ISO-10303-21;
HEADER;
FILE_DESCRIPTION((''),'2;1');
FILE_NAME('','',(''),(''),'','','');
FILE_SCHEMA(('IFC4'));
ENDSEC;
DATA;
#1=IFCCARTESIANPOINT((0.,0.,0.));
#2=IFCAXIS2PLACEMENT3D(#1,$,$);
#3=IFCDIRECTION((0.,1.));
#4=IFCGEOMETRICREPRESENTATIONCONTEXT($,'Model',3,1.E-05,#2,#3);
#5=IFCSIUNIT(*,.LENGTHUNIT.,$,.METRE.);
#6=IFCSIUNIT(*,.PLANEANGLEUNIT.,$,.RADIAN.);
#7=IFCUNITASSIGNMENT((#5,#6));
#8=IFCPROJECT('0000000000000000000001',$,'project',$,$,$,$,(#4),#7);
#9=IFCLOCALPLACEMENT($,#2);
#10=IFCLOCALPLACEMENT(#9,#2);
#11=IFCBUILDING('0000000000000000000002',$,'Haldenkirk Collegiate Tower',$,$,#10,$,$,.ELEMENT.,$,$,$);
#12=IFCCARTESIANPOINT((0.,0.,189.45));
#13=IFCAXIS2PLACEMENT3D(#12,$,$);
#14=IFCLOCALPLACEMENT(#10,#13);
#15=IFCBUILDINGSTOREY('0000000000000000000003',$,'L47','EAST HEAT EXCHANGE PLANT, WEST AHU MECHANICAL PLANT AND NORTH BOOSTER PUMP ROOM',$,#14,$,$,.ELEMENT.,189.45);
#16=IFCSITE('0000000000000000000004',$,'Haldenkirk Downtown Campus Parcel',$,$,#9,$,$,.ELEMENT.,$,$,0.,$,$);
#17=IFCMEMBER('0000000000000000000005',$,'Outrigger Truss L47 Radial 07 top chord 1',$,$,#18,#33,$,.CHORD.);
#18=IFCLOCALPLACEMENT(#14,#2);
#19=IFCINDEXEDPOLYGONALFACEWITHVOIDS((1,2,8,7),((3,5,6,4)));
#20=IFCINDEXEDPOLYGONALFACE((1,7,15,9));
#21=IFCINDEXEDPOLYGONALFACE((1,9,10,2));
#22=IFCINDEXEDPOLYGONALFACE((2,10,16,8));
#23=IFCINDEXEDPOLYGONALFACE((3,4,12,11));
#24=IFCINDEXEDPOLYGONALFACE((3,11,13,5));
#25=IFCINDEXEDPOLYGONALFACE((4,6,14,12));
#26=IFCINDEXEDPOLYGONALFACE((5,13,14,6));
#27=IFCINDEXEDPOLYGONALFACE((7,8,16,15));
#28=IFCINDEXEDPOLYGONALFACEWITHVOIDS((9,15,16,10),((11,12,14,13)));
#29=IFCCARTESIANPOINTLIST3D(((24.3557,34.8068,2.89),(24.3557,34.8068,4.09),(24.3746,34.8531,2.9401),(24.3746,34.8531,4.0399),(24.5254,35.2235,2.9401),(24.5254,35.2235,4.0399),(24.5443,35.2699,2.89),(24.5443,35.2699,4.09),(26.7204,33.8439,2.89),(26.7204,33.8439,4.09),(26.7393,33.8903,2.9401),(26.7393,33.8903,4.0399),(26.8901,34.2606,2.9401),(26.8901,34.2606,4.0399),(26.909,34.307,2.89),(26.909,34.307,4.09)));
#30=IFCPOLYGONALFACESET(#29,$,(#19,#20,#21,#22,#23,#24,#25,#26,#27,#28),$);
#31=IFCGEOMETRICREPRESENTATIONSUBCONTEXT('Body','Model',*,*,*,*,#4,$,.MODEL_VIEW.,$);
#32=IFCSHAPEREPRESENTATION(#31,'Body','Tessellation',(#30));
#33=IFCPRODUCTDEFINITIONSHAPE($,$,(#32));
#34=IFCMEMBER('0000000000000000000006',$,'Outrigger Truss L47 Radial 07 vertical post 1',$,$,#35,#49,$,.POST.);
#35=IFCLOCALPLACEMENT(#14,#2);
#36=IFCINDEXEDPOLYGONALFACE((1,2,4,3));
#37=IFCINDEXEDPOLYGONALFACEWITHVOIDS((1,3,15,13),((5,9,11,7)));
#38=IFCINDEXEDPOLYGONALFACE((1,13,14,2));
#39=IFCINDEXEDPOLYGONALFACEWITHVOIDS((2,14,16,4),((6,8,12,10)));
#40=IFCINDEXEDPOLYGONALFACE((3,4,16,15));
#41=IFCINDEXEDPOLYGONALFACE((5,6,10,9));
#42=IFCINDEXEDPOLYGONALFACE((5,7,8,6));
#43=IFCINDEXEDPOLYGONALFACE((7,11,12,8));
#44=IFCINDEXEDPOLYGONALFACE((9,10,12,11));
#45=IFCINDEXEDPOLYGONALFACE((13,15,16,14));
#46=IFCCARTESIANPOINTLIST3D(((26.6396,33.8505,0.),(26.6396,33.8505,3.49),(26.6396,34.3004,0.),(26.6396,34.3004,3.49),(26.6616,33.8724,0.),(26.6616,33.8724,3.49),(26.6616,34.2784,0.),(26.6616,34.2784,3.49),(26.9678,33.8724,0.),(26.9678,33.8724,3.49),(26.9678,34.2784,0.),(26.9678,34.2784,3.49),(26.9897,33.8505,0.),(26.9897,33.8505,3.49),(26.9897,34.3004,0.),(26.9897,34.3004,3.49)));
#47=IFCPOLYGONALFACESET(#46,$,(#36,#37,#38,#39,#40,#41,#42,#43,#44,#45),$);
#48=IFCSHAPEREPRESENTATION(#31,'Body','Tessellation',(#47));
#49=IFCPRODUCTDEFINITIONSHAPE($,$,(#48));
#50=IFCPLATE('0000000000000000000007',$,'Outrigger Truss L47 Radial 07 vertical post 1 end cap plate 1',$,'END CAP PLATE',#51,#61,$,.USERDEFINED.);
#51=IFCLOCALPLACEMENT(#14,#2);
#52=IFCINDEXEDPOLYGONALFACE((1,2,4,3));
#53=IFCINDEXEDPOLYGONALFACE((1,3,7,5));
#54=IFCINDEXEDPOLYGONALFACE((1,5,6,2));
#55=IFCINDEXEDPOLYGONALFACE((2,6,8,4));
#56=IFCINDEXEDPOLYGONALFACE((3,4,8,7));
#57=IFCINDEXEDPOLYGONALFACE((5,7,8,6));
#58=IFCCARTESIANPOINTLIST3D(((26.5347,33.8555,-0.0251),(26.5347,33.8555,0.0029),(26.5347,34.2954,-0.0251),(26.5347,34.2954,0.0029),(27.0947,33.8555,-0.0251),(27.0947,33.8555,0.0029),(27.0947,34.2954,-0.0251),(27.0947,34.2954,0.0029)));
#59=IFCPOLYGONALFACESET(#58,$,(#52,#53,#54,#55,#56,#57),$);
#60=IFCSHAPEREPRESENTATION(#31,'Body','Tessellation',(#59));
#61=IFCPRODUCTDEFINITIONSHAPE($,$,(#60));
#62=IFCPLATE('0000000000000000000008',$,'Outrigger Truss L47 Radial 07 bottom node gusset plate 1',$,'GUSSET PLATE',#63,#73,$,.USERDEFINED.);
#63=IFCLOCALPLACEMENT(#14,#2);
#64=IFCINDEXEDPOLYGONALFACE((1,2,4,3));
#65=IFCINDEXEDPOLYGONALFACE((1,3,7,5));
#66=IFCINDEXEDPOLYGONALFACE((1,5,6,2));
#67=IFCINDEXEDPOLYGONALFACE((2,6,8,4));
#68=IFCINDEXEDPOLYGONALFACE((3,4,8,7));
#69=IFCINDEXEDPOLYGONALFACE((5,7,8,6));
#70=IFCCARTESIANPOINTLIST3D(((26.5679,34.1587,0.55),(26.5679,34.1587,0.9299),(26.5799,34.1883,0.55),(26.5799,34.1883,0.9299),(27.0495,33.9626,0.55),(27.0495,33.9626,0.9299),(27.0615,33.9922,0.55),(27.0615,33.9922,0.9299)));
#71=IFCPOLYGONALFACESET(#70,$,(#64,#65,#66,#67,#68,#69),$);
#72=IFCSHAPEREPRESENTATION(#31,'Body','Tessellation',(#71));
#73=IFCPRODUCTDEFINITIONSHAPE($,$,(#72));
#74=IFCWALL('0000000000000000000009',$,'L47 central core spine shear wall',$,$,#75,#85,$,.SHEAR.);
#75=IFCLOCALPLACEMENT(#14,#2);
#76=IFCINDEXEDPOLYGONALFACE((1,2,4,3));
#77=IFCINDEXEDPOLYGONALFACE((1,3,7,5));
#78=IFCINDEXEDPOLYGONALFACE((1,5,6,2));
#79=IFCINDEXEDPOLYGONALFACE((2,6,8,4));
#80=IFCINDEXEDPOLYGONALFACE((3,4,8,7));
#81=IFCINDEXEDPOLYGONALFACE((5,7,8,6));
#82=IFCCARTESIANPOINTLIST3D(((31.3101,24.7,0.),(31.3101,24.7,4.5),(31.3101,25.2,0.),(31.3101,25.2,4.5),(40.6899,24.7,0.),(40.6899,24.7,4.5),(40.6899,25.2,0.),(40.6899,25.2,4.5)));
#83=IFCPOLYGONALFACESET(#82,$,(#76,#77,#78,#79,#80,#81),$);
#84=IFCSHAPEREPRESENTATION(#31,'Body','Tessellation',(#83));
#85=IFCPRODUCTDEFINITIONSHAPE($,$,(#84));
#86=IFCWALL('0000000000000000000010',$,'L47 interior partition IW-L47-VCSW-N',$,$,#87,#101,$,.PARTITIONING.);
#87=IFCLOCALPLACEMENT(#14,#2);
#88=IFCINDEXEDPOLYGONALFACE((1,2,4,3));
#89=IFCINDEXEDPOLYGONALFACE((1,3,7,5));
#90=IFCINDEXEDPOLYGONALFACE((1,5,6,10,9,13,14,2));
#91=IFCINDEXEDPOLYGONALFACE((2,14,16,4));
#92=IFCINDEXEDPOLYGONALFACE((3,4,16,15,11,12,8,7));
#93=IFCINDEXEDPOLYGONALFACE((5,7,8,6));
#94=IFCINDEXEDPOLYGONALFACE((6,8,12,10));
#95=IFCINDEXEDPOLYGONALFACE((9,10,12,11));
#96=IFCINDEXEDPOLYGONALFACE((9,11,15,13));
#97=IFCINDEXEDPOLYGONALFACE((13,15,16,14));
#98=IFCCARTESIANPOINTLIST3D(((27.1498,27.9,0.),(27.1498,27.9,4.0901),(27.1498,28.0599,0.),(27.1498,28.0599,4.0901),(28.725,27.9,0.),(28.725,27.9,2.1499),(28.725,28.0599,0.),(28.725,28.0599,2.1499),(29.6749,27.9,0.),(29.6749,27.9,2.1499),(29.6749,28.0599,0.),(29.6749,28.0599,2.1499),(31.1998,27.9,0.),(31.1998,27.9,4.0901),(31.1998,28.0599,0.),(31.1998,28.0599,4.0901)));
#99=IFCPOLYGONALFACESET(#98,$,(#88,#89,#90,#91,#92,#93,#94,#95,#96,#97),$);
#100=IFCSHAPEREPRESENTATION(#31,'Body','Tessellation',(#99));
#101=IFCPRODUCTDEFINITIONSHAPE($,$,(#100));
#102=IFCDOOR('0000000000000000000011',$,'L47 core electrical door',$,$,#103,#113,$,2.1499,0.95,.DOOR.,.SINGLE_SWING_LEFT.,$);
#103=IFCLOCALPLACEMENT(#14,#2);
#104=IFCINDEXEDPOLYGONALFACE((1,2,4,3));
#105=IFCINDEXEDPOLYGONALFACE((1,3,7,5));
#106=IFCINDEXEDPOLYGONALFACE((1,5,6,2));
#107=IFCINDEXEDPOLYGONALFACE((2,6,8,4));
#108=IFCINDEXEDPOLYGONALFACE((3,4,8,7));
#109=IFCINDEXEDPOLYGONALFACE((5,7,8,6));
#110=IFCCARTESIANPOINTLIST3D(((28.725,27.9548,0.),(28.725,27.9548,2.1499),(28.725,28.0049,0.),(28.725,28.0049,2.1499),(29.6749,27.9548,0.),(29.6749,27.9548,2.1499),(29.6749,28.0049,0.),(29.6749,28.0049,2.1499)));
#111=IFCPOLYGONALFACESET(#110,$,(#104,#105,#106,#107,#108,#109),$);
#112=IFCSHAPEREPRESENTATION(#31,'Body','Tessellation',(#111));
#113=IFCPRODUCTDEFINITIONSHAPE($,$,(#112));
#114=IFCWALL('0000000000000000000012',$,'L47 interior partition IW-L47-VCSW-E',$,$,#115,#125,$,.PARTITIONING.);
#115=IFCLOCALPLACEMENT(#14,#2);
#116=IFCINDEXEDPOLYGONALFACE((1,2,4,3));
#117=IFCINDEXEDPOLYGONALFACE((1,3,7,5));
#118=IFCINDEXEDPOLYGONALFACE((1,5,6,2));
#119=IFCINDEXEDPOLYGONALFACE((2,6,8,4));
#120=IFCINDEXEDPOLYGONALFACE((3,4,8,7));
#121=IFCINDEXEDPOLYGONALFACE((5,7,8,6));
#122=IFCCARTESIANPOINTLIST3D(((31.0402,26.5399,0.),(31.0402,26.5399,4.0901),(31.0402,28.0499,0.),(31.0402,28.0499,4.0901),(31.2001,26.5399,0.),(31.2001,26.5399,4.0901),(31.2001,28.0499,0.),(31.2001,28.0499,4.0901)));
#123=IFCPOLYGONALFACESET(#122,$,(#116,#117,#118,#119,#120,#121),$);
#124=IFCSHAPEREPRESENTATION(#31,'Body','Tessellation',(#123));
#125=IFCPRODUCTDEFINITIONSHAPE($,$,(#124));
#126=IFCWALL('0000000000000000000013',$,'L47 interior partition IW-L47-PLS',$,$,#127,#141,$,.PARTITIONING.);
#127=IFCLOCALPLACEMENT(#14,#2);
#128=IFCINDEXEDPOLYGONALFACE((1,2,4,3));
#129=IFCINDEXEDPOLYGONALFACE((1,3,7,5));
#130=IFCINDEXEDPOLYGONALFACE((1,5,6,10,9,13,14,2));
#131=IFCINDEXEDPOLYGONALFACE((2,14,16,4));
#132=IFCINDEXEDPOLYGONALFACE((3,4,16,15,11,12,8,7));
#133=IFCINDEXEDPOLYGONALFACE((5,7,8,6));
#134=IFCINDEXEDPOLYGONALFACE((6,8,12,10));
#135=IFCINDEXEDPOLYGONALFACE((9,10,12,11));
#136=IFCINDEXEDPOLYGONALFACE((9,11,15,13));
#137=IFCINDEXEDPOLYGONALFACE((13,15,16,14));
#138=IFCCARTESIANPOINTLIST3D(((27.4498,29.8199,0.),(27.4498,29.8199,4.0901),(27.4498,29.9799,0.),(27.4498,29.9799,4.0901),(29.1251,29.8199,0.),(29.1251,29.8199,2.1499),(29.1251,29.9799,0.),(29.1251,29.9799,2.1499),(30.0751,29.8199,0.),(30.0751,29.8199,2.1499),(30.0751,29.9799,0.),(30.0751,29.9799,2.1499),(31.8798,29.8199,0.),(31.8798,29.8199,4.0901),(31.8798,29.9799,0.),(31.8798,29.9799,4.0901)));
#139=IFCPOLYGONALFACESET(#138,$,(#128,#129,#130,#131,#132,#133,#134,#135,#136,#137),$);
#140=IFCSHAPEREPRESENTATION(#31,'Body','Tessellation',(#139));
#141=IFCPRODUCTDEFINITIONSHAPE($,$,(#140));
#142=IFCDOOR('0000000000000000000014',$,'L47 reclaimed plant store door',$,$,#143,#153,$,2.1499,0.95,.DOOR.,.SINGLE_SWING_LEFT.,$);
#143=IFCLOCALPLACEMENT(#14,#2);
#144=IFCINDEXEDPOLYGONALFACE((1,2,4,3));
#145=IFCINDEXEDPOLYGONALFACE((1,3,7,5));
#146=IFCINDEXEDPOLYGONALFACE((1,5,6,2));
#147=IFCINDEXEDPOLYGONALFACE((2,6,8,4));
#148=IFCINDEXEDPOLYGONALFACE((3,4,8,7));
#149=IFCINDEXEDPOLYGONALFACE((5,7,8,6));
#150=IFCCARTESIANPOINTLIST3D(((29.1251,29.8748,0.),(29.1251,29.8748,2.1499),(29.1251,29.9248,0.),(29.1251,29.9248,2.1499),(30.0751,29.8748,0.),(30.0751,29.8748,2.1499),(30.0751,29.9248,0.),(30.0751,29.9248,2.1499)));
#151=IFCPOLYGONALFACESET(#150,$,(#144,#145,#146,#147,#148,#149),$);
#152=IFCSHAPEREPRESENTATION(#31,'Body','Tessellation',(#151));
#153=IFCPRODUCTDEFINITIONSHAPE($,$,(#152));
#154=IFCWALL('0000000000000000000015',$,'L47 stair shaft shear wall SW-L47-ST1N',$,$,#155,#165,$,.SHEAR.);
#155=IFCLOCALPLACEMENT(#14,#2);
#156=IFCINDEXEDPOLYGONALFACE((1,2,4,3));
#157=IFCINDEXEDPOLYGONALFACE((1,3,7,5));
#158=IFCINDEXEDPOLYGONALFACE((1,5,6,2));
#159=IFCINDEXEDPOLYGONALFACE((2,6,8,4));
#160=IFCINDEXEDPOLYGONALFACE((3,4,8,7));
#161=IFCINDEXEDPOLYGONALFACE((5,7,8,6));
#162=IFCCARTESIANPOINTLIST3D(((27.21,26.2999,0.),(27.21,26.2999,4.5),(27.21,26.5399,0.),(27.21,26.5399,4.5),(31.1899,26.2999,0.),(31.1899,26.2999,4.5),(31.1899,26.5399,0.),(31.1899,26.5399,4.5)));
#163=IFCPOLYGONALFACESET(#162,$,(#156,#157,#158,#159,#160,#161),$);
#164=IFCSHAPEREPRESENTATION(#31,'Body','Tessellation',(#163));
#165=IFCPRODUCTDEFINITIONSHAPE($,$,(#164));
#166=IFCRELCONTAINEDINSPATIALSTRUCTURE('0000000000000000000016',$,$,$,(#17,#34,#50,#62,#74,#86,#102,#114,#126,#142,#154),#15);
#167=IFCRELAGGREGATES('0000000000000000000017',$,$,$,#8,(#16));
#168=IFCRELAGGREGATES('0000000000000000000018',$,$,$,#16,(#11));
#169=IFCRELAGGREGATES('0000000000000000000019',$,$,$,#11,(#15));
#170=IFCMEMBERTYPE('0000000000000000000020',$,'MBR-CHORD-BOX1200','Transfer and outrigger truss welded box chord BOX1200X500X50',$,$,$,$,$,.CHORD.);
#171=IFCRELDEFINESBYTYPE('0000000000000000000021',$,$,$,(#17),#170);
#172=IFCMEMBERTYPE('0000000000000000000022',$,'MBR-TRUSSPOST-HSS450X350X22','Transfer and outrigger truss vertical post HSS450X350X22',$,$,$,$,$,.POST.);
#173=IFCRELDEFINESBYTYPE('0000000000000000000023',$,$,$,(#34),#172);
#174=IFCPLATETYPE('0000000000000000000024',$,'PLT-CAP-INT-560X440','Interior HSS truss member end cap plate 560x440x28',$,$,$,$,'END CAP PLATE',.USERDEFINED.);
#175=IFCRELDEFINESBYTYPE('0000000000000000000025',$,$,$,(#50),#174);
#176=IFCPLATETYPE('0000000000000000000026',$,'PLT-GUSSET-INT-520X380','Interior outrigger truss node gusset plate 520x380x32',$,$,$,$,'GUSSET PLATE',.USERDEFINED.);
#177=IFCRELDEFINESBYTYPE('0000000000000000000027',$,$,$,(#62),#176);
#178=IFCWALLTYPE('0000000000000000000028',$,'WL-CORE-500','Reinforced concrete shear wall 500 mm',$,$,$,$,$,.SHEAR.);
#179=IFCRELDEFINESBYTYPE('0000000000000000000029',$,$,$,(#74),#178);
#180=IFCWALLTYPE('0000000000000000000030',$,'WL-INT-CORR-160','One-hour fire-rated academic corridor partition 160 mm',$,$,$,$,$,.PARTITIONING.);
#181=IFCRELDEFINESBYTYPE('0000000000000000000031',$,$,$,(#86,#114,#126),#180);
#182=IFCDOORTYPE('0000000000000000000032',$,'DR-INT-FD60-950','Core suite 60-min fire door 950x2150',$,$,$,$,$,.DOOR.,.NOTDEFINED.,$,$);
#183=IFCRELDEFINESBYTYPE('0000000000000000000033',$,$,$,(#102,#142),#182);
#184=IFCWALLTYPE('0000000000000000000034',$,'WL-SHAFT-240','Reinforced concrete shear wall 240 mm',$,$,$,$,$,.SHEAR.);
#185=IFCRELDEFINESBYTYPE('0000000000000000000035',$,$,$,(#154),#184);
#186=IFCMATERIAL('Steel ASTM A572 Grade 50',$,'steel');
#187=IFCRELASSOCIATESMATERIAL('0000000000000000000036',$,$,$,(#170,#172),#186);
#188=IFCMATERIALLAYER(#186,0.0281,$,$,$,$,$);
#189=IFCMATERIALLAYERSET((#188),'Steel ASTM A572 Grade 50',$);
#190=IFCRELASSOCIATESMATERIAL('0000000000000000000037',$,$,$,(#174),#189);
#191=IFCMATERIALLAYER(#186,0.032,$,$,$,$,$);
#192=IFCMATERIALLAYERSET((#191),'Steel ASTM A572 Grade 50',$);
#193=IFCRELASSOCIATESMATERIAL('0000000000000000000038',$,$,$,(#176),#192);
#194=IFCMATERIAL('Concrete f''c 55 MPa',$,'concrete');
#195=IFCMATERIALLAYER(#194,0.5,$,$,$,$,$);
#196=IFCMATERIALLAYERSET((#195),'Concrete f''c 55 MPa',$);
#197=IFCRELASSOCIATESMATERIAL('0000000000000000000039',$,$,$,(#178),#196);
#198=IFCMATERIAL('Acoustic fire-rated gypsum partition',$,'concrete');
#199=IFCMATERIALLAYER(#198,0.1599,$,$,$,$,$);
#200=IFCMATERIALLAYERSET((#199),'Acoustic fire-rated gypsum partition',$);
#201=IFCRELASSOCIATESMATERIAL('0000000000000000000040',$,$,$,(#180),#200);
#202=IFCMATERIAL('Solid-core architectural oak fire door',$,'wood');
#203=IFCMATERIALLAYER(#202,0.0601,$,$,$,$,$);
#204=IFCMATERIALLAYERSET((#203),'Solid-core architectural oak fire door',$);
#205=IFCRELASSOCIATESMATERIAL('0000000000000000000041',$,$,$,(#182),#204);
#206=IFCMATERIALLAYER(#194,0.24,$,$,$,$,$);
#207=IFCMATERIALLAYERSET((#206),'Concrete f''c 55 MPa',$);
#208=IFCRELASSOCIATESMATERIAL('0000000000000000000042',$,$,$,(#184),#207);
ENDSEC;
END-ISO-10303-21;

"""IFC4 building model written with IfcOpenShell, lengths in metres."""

from ifc_helpers import new_model, si_unit, direction, frame, frame_2d, origin, origin_2d, place, context, subcontext, project, spatial, rectangle, hollow_rectangle, extrude, source, transform, mapped, material, layer, layer_set, material_profile, profile_set, type_object, element, fill, save


model = new_model("IFC4")

# Units and contexts
model_context = context("Model", 3, precision=1e-05, world=origin(), true_north=direction((0.0, 1.0)))
body_context = subcontext(model_context, "Body", "Model", "MODEL_VIEW")
ifc_project = project(units=[si_unit("LENGTHUNIT", "METRE"), si_unit("PLANEANGLEUNIT", "RADIAN")], contexts=[model_context])

# Site, building, storey
site_placement = place(None, origin())
site = spatial("IfcSite", under=ifc_project, at=site_placement, Name="Haldenkirk Downtown Campus Parcel", CompositionType="ELEMENT", RefElevation=0.0)
building_placement = place(site_placement, origin())
building = spatial("IfcBuilding", under=site, at=building_placement, Name="Haldenkirk Collegiate Tower", CompositionType="ELEMENT")
storey_placement = place(building_placement, frame((0.0, 0.0, 189.45)))
storey = spatial("IfcBuildingStorey", under=building, at=storey_placement, Name="L47", Description="EAST HEAT EXCHANGE PLANT, WEST AHU MECHANICAL PLANT AND NORTH BOOSTER PUMP ROOM", CompositionType="ELEMENT", Elevation=189.45)

# Members
ifc_material_1 = material(Name="Steel ASTM A572 Grade 50", Category="steel")
ifc_material_profile_1 = material_profile(ifc_material_1, hollow_rectangle(XDim=0.5, YDim=1.2, WallThickness=0.05, at=origin_2d()), Name="BOX1200X500X50")
ifc_profile_set_1 = profile_set([ifc_material_profile_1], Name="Steel ASTM A572 Grade 50")
member_type_1 = type_object("IfcMemberType", Name="MBR-CHORD-BOX1200", Description="Transfer and outrigger truss welded box chord BOX1200X500X50", PredefinedType="CHORD", material=ifc_profile_set_1)
member_1_placement = place(storey_placement, frame((26.8147, 34.0754, 3.49), z_axis=(-0.926164, 0.377121, 0.0), x_axis=(-0.377121, -0.926164, 0.0)))
element("IfcMember", 1, at=member_1_placement, inside=storey, type_object=member_type_1, Name="Outrigger Truss L47 Radial 07 top chord 1", PredefinedType="CHORD", context=body_context, shape_type="SweptSolid", body=[
    extrude(hollow_rectangle(XDim=0.5, YDim=1.2, WallThickness=0.05, at=origin_2d()), origin(), (0.0, 0.0, 1.0), 2.5532),
])
ifc_material_profile_2 = material_profile(ifc_material_1, hollow_rectangle(XDim=0.3501, YDim=0.45, WallThickness=0.022, at=origin_2d()), Name="HSS450X350X22")
ifc_profile_set_2 = profile_set([ifc_material_profile_2], Name="Steel ASTM A572 Grade 50")
member_type_2 = type_object("IfcMemberType", Name="MBR-TRUSSPOST-HSS450X350X22", Description="Transfer and outrigger truss vertical post HSS450X350X22", PredefinedType="POST", material=ifc_profile_set_2)
member_2_placement = place(storey_placement, frame((26.8147, 34.0754, 0.0), z_axis=(0.0, 0.0, 1.0), x_axis=(1.0, 0.0, 0.0)))
element("IfcMember", 2, at=member_2_placement, inside=storey, type_object=member_type_2, Name="Outrigger Truss L47 Radial 07 vertical post 1", PredefinedType="POST", context=body_context, shape_type="SweptSolid", body=[
    extrude(hollow_rectangle(XDim=0.3501, YDim=0.45, WallThickness=0.022, at=origin_2d()), origin(), (0.0, 0.0, 1.0), 3.49),
])

# Plates
ifc_layer_1 = layer(ifc_material_1, 0.0281)
ifc_layer_set_1 = layer_set([ifc_layer_1], Name="Steel ASTM A572 Grade 50")
plate_type_1 = type_object("IfcPlateType", Name="PLT-CAP-INT-560X440", Description="Interior HSS truss member end cap plate 560x440x28", ElementType="END CAP PLATE", PredefinedType="USERDEFINED", material=ifc_layer_set_1)
shared_shape_1 = source(origin(), body_context, "Body", "SweptSolid", [
    extrude(rectangle(XDim=0.5601, YDim=0.4399, at=origin_2d()), origin(), (0.0, 0.0, 1.0), 0.0281),
])
plate_1_placement = place(storey_placement, frame((26.8147, 34.0754, 0.0029), z_axis=(0.0, 0.0, -1.0), x_axis=(1.0, 0.0, 0.0)))
element("IfcPlate", 3, at=plate_1_placement, inside=storey, type_object=plate_type_1, Name="Outrigger Truss L47 Radial 07 vertical post 1 end cap plate 1", ObjectType="END CAP PLATE", PredefinedType="USERDEFINED", context=body_context, shape_type="MappedRepresentation", body=[
    mapped(shared_shape_1, transform((0.0, 0.0, 0.0), x_axis=(1.0, 0.0, 0.0), y_axis=(0.0, 1.0, 0.0), z_axis=(0.0, 0.0, 1.0), scale=1.0)),
])
ifc_layer_2 = layer(ifc_material_1, 0.032)
ifc_layer_set_2 = layer_set([ifc_layer_2], Name="Steel ASTM A572 Grade 50")
plate_type_2 = type_object("IfcPlateType", Name="PLT-GUSSET-INT-520X380", Description="Interior outrigger truss node gusset plate 520x380x32", ElementType="GUSSET PLATE", PredefinedType="USERDEFINED", material=ifc_layer_set_2)
shared_shape_2 = source(origin(), body_context, "Body", "SweptSolid", [
    extrude(rectangle(XDim=0.52, YDim=0.032, at=origin_2d()), origin(), (0.0, 0.0, 1.0), 0.3799),
])
plate_2_placement = place(storey_placement, frame((26.8147, 34.0754, 0.55), z_axis=(0.0, 0.0, 1.0), x_axis=(-0.926155, 0.377143, 0.0)))
element("IfcPlate", 4, at=plate_2_placement, inside=storey, type_object=plate_type_2, Name="Outrigger Truss L47 Radial 07 bottom node gusset plate 1", ObjectType="GUSSET PLATE", PredefinedType="USERDEFINED", context=body_context, shape_type="MappedRepresentation", body=[
    mapped(shared_shape_2, transform((0.0, 0.0, 0.0), x_axis=(1.0, 0.0, 0.0), y_axis=(0.0, 1.0, 0.0), z_axis=(0.0, 0.0, 1.0), scale=1.0)),
])

# Shared definitions
ifc_material_2 = material(Name="Concrete f'c 55 MPa", Category="concrete")
ifc_layer_3 = layer(ifc_material_2, 0.5)
ifc_layer_set_3 = layer_set([ifc_layer_3], Name="Concrete f'c 55 MPa")
wall_type_1 = type_object("IfcWallType", Name="WL-CORE-500", Description="Reinforced concrete shear wall 500 mm", PredefinedType="SHEAR", material=ifc_layer_set_3)

# Wall
wall_1_placement = place(storey_placement, frame((31.3101, 24.95, 0.0), z_axis=(0.0, 0.0, 1.0), x_axis=(1.0, 0.0, 0.0)))
element("IfcWall", 5, at=wall_1_placement, inside=storey, type_object=wall_type_1, Name="L47 central core spine shear wall", PredefinedType="SHEAR", context=body_context, shape_type="SweptSolid", body=[
    extrude(rectangle(XDim=9.3799, YDim=0.5, at=frame_2d((4.6899, 0.0))), origin(), (0.0, 0.0, 1.0), 4.5),
])

# Wall, opening, door
ifc_material_3 = material(Name="Acoustic fire-rated gypsum partition", Category="concrete")
ifc_layer_4 = layer(ifc_material_3, 0.1599)
ifc_layer_set_4 = layer_set([ifc_layer_4], Name="Acoustic fire-rated gypsum partition")
wall_type_2 = type_object("IfcWallType", Name="WL-INT-CORR-160", Description="One-hour fire-rated academic corridor partition 160 mm", PredefinedType="PARTITIONING", material=ifc_layer_set_4)
wall_2_placement = place(storey_placement, frame((27.1499, 27.98, 0.0), z_axis=(0.0, 0.0, 1.0), x_axis=(1.0, 0.0, 0.0)))
wall_2 = element("IfcWall", 6, at=wall_2_placement, inside=storey, type_object=wall_type_2, Name="L47 interior partition IW-L47-VCSW-N", PredefinedType="PARTITIONING", context=body_context, shape_type="SweptSolid", body=[
    extrude(rectangle(XDim=4.05, YDim=0.1599, at=frame_2d((2.0249, 0.0))), origin(), (0.0, 0.0, 1.0), 4.0901),
])
opening_1_placement = place(wall_2_placement, frame((1.575, 0.0, 0.0)))
opening_1 = element("IfcOpeningElement", 7, at=opening_1_placement, cuts=wall_2, PredefinedType="OPENING", context=body_context, shape_type="SweptSolid", body=[
    extrude(rectangle(XDim=0.95, YDim=2.1499, at=frame_2d((0.4751, 1.075))), frame((0.0, 0.0898, 0.0), z_axis=(0.0, -1.0, 0.0), x_axis=(1.0, 0.0, 0.0)), (0.0, 0.0, 1.0), 0.1799),
])
ifc_material_4 = material(Name="Solid-core architectural oak fire door", Category="wood")
ifc_layer_5 = layer(ifc_material_4, 0.0601)
ifc_layer_set_5 = layer_set([ifc_layer_5], Name="Solid-core architectural oak fire door")
door_type_1 = type_object("IfcDoorType", Name="DR-INT-FD60-950", Description="Core suite 60-min fire door 950x2150", OperationType="NOTDEFINED", PredefinedType="DOOR", material=ifc_layer_set_5)
door_1_placement = place(opening_1_placement, origin())
door_1 = element("IfcDoor", 8, at=door_1_placement, inside=storey, type_object=door_type_1, Name="L47 core electrical door", OperationType="SINGLE_SWING_LEFT", OverallHeight=2.1499, OverallWidth=0.95, PredefinedType="DOOR", context=body_context, shape_type="SweptSolid", body=[
    extrude(rectangle(XDim=0.95, YDim=2.1499, at=frame_2d((0.4751, 1.075))), frame((0.0, 0.0249, 0.0), z_axis=(0.0, -1.0, 0.0), x_axis=(1.0, 0.0, 0.0)), (0.0, 0.0, 1.0), 0.05),
])
fill(opening_1, door_1)

# Wall
wall_3_placement = place(storey_placement, frame((31.1201, 26.54, 0.0), z_axis=(0.0, 0.0, 1.0), x_axis=(0.0, 1.0, 0.0)))
element("IfcWall", 9, at=wall_3_placement, inside=storey, type_object=wall_type_2, Name="L47 interior partition IW-L47-VCSW-E", PredefinedType="PARTITIONING", context=body_context, shape_type="SweptSolid", body=[
    extrude(rectangle(XDim=1.51, YDim=0.1599, at=frame_2d((0.7549, 0.0))), origin(), (0.0, 0.0, 1.0), 4.0901),
])

# Wall, opening, door
wall_4_placement = place(storey_placement, frame((27.45, 29.8999, 0.0), z_axis=(0.0, 0.0, 1.0), x_axis=(1.0, 0.0, 0.0)))
wall_4 = element("IfcWall", 10, at=wall_4_placement, inside=storey, type_object=wall_type_2, Name="L47 interior partition IW-L47-PLS", PredefinedType="PARTITIONING", context=body_context, shape_type="SweptSolid", body=[
    extrude(rectangle(XDim=4.4299, YDim=0.1599, at=frame_2d((2.2148, 0.0))), origin(), (0.0, 0.0, 1.0), 4.0901),
])
opening_2_placement = place(wall_4_placement, frame((1.675, 0.0, 0.0)))
opening_2 = element("IfcOpeningElement", 11, at=opening_2_placement, cuts=wall_4, PredefinedType="OPENING", context=body_context, shape_type="SweptSolid", body=[
    extrude(rectangle(XDim=0.95, YDim=2.1499, at=frame_2d((0.4751, 1.075))), frame((0.0, 0.0898, 0.0), z_axis=(0.0, -1.0, 0.0), x_axis=(1.0, 0.0, 0.0)), (0.0, 0.0, 1.0), 0.1799),
])
door_2_placement = place(opening_2_placement, origin())
door_2 = element("IfcDoor", 12, at=door_2_placement, inside=storey, type_object=door_type_1, Name="L47 reclaimed plant store door", OperationType="SINGLE_SWING_LEFT", OverallHeight=2.1499, OverallWidth=0.95, PredefinedType="DOOR", context=body_context, shape_type="SweptSolid", body=[
    extrude(rectangle(XDim=0.95, YDim=2.1499, at=frame_2d((0.4751, 1.075))), frame((0.0, 0.0249, 0.0), z_axis=(0.0, -1.0, 0.0), x_axis=(1.0, 0.0, 0.0)), (0.0, 0.0, 1.0), 0.05),
])
fill(opening_2, door_2)

# Wall
ifc_layer_6 = layer(ifc_material_2, 0.24)
ifc_layer_set_6 = layer_set([ifc_layer_6], Name="Concrete f'c 55 MPa")
wall_type_3 = type_object("IfcWallType", Name="WL-SHAFT-240", Description="Reinforced concrete shear wall 240 mm", PredefinedType="SHEAR", material=ifc_layer_set_6)
wall_5_placement = place(storey_placement, frame((27.21, 26.4199, 0.0), z_axis=(0.0, 0.0, 1.0), x_axis=(1.0, 0.0, 0.0)))
element("IfcWall", 13, at=wall_5_placement, inside=storey, type_object=wall_type_3, Name="L47 stair shaft shear wall SW-L47-ST1N", PredefinedType="SHEAR", context=body_context, shape_type="SweptSolid", body=[
    extrude(rectangle(XDim=3.98, YDim=0.24, at=frame_2d((1.99, 0.0))), origin(), (0.0, 0.0, 1.0), 4.5),
])

save(model, "model.ifc")
